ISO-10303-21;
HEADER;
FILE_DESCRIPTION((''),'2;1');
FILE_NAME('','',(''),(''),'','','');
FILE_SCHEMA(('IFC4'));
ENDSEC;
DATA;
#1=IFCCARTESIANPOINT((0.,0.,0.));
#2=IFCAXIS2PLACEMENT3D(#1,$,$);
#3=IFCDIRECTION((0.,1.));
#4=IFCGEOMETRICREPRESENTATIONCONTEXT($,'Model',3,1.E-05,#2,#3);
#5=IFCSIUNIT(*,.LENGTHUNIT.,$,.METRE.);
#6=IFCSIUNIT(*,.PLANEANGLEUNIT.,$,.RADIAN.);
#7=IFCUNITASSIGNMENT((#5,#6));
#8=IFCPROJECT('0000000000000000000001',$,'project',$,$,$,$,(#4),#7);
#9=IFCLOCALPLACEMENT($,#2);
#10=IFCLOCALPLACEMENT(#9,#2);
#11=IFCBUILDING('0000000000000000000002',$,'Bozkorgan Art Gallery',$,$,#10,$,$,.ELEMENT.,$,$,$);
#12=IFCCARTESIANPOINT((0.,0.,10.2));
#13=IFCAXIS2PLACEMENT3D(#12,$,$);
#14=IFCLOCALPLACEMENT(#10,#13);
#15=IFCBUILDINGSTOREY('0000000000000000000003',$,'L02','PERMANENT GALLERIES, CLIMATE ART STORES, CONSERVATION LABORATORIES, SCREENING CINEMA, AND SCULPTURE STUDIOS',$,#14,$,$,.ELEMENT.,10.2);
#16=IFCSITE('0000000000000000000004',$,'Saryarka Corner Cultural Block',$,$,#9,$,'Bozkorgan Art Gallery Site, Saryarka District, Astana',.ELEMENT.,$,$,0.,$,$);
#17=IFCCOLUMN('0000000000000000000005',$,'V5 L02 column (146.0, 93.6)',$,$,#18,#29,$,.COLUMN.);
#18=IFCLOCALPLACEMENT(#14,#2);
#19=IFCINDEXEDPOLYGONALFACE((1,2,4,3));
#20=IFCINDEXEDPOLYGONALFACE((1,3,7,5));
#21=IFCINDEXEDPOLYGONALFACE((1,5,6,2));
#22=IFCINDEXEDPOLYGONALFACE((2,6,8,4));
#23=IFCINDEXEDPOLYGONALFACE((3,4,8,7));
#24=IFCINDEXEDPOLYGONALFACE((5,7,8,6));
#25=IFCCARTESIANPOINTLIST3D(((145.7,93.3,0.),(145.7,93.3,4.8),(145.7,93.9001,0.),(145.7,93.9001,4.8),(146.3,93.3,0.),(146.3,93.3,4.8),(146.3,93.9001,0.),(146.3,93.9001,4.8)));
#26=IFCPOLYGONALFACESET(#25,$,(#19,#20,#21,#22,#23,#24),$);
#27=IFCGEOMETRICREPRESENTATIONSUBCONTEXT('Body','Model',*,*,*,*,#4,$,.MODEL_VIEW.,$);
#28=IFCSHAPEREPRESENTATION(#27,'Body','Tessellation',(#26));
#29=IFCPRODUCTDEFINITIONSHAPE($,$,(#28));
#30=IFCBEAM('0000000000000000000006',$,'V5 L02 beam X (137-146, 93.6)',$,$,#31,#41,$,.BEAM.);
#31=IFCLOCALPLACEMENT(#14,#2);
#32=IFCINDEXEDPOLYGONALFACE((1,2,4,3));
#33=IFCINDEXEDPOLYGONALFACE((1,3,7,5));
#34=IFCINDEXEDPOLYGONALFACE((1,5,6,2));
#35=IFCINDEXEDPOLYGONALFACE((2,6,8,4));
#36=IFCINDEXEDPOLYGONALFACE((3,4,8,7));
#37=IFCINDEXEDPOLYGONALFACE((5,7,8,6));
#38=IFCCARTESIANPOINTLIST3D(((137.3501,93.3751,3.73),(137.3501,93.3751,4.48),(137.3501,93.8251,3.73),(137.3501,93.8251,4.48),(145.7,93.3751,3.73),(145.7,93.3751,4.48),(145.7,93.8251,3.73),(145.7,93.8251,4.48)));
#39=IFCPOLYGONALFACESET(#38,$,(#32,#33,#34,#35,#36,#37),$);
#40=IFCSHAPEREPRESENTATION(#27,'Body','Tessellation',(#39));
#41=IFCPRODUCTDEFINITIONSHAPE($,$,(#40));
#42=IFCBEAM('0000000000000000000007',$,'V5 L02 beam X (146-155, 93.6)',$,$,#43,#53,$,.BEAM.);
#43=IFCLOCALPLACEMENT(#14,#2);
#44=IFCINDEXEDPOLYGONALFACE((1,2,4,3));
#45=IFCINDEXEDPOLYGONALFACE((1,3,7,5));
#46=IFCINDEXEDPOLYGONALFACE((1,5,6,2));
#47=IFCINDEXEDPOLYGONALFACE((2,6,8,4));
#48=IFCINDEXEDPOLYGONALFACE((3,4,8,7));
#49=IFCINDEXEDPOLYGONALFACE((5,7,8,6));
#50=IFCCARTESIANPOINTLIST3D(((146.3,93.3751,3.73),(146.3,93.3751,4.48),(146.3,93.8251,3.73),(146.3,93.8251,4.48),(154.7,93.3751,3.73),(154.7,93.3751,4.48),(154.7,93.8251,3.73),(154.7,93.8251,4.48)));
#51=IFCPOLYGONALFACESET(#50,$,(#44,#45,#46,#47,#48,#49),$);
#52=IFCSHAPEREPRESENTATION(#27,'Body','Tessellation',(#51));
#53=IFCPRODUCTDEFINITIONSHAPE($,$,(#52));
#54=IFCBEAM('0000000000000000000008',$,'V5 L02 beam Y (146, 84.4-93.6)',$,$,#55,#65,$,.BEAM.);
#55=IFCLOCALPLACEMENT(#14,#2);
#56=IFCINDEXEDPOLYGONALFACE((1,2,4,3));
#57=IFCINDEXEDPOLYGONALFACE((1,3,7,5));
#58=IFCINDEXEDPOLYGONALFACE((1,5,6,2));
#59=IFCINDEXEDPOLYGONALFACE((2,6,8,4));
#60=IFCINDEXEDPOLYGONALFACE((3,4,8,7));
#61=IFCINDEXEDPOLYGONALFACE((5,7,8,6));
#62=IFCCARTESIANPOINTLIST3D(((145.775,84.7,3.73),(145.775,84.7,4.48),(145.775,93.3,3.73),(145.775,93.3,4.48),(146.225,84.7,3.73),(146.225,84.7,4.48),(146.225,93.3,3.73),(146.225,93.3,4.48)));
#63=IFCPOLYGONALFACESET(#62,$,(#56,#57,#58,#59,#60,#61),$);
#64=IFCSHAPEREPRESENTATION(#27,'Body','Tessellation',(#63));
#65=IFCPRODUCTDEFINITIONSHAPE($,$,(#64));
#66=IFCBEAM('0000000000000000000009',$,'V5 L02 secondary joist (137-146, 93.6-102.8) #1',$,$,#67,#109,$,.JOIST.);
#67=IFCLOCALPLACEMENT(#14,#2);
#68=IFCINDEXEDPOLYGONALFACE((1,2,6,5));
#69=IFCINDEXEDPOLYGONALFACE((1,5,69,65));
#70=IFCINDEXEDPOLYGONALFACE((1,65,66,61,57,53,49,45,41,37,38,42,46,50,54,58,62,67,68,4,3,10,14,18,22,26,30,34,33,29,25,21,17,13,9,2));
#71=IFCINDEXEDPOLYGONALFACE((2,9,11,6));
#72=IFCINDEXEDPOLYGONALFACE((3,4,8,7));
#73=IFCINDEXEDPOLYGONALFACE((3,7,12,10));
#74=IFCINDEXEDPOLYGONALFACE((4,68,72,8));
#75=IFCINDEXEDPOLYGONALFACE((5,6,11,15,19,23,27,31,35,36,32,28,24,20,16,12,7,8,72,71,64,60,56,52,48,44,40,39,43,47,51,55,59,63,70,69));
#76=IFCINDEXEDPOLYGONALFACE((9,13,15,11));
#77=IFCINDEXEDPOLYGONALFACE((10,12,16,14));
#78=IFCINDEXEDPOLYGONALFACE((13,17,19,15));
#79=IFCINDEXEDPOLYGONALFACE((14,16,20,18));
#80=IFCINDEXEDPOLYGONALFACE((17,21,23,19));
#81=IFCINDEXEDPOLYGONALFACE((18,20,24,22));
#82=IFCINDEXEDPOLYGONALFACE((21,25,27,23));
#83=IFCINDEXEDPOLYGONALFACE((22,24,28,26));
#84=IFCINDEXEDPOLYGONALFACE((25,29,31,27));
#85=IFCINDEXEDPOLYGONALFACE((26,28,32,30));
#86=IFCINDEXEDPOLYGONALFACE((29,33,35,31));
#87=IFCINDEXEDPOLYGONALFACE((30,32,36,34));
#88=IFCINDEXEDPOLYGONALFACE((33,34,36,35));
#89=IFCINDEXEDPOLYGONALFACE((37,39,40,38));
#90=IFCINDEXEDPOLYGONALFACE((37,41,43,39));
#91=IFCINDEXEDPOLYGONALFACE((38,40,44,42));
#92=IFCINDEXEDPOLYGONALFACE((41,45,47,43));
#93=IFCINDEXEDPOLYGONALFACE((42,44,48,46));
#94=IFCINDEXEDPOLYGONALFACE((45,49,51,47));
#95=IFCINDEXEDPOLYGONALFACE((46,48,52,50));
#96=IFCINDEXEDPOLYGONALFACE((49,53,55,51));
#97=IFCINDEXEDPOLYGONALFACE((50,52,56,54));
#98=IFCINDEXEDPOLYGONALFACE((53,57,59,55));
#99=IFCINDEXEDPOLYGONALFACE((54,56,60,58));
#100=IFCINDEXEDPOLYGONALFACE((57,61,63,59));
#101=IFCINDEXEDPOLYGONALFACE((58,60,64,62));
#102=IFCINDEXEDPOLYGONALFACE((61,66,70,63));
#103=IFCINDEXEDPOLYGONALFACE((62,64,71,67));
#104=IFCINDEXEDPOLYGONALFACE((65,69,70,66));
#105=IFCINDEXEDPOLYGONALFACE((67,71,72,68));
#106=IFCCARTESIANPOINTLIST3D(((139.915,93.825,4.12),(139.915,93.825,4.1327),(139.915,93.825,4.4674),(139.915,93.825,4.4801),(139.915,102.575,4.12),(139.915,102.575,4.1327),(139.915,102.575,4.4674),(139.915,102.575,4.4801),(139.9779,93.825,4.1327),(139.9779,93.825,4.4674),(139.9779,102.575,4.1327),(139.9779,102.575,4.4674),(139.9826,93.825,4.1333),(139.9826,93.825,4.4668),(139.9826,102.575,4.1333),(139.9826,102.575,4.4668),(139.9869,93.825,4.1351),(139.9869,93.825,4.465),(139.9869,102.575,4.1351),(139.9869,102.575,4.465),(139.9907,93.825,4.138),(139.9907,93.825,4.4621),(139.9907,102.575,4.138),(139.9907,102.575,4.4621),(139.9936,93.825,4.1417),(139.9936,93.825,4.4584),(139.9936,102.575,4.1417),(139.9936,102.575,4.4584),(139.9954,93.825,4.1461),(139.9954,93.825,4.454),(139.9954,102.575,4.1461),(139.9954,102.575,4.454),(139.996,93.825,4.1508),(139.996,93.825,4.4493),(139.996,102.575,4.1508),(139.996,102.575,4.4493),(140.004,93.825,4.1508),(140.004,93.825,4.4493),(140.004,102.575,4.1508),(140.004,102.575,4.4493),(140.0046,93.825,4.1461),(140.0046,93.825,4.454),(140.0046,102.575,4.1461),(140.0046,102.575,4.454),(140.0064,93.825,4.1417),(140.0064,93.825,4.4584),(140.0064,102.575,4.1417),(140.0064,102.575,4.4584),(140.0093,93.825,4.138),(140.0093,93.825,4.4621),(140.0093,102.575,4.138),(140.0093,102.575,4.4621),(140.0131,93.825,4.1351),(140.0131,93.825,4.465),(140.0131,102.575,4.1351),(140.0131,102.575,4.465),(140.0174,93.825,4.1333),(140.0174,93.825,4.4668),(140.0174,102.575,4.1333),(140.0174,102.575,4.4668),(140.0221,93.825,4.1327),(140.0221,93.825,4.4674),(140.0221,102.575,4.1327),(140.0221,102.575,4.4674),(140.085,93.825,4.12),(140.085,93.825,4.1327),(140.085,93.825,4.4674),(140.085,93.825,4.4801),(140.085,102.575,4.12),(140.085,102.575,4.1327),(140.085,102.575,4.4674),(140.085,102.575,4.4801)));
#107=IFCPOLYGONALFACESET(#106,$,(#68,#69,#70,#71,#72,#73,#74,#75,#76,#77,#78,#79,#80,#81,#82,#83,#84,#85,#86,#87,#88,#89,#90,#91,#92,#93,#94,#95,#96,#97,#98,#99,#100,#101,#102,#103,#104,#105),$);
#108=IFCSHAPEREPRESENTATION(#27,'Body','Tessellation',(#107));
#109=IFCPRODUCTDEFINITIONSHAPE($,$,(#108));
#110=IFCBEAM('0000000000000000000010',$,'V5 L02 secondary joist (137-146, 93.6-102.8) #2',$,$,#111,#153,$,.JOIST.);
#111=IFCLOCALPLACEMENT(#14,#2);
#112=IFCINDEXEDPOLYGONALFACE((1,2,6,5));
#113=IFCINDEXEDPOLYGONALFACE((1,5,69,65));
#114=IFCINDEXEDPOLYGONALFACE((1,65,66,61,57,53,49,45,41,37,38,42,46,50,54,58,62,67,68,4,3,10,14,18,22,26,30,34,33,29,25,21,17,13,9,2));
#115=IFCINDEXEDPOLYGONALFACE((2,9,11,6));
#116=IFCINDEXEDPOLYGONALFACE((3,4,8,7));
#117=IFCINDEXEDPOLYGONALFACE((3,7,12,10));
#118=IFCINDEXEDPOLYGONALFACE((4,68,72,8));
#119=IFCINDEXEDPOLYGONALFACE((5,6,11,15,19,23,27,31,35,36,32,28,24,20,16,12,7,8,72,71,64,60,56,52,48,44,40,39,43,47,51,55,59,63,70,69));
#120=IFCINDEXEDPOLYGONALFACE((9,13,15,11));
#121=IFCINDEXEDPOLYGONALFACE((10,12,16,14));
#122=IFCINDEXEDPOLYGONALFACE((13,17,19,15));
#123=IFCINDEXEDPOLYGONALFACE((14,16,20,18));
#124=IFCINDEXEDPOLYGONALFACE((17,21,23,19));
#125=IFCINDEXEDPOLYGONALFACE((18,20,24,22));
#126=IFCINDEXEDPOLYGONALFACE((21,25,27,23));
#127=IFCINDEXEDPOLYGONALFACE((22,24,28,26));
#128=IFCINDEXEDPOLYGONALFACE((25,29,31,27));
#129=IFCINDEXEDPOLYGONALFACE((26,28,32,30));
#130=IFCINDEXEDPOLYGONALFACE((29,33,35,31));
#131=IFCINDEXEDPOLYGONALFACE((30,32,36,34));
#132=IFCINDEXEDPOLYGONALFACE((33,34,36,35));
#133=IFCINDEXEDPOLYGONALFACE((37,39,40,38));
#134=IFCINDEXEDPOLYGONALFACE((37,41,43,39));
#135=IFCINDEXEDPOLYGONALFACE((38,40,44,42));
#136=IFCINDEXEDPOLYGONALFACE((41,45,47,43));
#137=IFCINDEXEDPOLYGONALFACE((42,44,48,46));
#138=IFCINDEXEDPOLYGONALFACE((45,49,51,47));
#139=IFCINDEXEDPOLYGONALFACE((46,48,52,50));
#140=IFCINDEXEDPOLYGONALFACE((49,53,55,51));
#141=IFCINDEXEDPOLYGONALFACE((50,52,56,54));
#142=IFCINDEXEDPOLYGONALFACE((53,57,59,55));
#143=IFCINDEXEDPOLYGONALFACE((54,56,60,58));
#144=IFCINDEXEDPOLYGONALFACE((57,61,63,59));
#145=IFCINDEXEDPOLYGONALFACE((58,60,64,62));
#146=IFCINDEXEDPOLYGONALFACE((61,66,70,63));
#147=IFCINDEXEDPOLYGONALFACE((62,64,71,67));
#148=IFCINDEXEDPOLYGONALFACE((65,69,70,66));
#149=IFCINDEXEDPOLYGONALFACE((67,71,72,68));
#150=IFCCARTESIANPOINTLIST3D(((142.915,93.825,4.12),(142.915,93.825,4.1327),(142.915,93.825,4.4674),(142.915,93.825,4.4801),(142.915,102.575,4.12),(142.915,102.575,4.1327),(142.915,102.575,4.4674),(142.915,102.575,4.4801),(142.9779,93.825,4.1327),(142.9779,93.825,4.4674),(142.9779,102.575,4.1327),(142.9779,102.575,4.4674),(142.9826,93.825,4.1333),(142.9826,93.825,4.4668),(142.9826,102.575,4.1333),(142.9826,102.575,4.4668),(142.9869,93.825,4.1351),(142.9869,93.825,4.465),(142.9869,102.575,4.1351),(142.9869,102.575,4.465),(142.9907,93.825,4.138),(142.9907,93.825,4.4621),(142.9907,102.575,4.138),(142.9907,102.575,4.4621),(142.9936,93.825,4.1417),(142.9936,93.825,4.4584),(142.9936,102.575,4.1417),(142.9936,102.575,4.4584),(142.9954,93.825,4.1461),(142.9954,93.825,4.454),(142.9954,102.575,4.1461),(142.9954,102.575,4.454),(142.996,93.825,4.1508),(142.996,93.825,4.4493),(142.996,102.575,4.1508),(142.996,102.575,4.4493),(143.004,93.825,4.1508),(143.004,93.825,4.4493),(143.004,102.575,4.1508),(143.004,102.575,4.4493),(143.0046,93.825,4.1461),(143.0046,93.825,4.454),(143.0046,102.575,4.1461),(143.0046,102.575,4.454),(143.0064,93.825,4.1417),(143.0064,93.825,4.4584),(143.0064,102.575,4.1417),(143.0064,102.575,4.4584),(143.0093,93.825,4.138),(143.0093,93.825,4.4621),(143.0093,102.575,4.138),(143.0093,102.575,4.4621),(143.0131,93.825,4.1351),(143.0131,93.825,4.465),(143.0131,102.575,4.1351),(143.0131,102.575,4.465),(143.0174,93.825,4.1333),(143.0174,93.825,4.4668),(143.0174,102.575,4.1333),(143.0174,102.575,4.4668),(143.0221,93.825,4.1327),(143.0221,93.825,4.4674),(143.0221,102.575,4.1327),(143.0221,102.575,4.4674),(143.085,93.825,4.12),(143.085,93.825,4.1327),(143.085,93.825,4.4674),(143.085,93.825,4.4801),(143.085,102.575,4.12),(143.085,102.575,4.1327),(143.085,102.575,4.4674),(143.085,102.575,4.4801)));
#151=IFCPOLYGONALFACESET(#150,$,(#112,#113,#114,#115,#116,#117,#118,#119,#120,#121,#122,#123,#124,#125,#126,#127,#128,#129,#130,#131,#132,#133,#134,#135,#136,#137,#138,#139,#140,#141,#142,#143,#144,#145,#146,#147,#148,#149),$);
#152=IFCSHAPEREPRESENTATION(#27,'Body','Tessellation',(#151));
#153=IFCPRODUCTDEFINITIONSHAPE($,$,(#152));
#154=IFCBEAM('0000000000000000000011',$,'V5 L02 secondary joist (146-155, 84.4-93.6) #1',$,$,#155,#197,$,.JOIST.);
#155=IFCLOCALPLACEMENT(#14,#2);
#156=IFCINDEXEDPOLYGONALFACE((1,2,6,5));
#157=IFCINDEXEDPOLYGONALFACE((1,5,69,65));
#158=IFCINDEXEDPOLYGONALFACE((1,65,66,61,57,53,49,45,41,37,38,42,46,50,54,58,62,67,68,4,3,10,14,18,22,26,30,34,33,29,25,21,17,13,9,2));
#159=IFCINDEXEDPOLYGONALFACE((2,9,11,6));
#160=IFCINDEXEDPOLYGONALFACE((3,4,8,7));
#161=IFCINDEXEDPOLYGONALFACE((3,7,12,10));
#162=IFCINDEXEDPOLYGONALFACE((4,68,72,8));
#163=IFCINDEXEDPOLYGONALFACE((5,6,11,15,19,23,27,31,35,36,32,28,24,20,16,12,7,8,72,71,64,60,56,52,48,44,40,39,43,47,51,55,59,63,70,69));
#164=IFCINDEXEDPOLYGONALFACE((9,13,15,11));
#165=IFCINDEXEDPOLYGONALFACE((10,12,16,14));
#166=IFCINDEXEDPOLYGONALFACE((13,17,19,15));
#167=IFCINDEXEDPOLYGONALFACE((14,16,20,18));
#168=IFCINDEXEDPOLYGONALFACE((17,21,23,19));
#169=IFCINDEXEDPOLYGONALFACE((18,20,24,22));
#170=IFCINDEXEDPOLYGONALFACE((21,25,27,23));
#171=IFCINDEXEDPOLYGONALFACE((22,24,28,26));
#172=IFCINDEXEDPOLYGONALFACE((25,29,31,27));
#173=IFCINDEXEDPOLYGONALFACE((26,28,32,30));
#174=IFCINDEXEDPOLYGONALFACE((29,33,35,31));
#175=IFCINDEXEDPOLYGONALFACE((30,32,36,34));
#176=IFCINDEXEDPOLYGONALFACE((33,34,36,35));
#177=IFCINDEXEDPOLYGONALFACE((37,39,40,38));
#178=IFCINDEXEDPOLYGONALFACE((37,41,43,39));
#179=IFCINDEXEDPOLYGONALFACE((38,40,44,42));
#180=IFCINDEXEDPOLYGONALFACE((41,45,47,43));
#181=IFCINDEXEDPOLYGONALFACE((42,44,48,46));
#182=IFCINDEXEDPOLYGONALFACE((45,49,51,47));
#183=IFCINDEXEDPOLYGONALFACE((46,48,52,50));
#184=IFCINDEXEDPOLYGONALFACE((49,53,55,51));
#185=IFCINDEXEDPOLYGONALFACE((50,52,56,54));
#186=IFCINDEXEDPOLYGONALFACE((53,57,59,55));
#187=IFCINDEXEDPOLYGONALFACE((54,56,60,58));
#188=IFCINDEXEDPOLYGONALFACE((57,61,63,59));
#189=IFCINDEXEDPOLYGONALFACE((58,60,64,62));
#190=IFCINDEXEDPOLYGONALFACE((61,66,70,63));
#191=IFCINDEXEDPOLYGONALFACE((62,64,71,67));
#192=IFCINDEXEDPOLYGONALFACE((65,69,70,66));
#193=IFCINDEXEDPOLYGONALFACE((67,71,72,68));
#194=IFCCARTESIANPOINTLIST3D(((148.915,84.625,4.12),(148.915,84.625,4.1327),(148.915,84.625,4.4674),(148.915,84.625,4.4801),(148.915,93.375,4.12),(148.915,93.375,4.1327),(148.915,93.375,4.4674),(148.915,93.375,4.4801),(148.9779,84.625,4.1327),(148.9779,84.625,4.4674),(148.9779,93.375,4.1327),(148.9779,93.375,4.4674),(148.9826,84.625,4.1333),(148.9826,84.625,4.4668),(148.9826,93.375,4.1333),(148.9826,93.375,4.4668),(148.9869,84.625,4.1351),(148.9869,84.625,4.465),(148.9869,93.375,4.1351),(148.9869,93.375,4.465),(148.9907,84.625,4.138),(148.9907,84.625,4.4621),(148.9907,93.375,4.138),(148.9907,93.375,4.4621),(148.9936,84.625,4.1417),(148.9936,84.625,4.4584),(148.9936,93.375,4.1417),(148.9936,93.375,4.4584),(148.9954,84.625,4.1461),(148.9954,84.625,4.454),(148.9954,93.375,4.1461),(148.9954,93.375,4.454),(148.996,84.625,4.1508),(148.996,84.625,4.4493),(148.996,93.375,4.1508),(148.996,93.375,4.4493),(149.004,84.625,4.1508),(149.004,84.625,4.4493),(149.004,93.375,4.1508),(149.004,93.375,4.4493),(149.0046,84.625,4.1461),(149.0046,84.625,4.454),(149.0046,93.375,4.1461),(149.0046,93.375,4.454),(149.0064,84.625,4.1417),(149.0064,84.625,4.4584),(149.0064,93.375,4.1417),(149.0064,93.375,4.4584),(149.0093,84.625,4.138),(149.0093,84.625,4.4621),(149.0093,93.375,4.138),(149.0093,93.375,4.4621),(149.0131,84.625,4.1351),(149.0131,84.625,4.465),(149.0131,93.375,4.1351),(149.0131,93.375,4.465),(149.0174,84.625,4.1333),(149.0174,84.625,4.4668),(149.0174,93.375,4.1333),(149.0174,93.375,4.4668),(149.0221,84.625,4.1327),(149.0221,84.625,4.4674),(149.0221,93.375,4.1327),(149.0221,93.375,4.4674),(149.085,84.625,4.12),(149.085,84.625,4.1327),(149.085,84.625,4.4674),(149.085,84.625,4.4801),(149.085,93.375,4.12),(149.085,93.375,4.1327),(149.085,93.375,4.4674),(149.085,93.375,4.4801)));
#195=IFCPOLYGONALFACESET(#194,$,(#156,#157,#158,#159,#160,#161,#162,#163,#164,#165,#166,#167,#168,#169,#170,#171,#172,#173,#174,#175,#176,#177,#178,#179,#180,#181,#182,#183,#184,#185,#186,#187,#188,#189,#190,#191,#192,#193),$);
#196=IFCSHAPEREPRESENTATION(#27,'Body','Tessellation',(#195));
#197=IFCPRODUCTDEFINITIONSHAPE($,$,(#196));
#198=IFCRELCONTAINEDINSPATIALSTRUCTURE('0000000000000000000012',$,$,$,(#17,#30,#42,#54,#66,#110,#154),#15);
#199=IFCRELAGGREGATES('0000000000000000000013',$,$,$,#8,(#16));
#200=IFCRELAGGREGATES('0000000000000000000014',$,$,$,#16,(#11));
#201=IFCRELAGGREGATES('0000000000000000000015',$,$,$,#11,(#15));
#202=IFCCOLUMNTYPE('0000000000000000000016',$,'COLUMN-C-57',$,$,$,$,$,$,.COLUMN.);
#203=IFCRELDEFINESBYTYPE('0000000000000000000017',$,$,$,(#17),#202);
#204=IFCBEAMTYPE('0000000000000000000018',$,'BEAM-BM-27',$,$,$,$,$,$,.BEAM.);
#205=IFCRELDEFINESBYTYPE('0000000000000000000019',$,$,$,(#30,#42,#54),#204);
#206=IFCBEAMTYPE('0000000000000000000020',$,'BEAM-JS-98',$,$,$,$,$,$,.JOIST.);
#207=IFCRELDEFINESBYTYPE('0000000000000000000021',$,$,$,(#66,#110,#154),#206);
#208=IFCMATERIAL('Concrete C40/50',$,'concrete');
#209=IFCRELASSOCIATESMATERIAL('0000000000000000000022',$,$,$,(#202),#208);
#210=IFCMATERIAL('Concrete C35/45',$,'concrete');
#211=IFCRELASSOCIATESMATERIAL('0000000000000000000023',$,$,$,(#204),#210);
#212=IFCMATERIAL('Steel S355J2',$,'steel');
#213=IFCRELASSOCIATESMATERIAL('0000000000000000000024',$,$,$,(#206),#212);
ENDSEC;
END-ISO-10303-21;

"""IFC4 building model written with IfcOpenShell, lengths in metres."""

from ifc_helpers import new_model, si_unit, direction, frame, origin, origin_2d, place, context, subcontext, project, spatial, rectangle, i_section, extrude, material, material_profile, profile_set, type_object, element, save


model = new_model("IFC4")

# Units and contexts
model_context = context("Model", 3, precision=1e-05, world=origin(), true_north=direction((0.0, 1.0)))
body_context = subcontext(model_context, "Body", "Model", "MODEL_VIEW")
ifc_project = project(units=[si_unit("LENGTHUNIT", "METRE"), si_unit("PLANEANGLEUNIT", "RADIAN")], contexts=[model_context])

# Site, building, storey
site_placement = place(None, origin())
site = spatial("IfcSite", under=ifc_project, at=site_placement, Name="Saryarka Corner Cultural Block", LongName="Bozkorgan Art Gallery Site, Saryarka District, Astana", CompositionType="ELEMENT", RefElevation=0.0)
building_placement = place(site_placement, origin())
building = spatial("IfcBuilding", under=site, at=building_placement, Name="Bozkorgan Art Gallery", CompositionType="ELEMENT")
storey_placement = place(building_placement, frame((0.0, 0.0, 10.2)))
storey = spatial("IfcBuildingStorey", under=building, at=storey_placement, Name="L02", Description="PERMANENT GALLERIES, CLIMATE ART STORES, CONSERVATION LABORATORIES, SCREENING CINEMA, AND SCULPTURE STUDIOS", CompositionType="ELEMENT", Elevation=10.2)

# Column
ifc_material_1 = material(Name="Concrete C40/50", Category="concrete")
ifc_material_profile_1 = material_profile(ifc_material_1, rectangle(XDim=0.6001, YDim=0.6001, at=origin_2d()), Name="RC 600x600")
ifc_profile_set_1 = profile_set([ifc_material_profile_1], Name="Concrete C40/50")
column_type = type_object("IfcColumnType", Name="COLUMN-C-57", PredefinedType="COLUMN", material=ifc_profile_set_1)
column_placement = place(storey_placement, frame((146.0, 93.6001, 0.0), z_axis=(0.0, 0.0, 1.0), x_axis=(1.0, 0.0, 0.0)))
element("IfcColumn", 1, at=column_placement, inside=storey, type_object=column_type, Name="V5 L02 column (146.0, 93.6)", PredefinedType="COLUMN", context=body_context, shape_type="SweptSolid", body=[
    extrude(rectangle(XDim=0.6001, YDim=0.6001, at=origin_2d()), origin(), (0.0, 0.0, 1.0), 4.8),
])

# Beams
ifc_material_2 = material(Name="Concrete C35/45", Category="concrete")
ifc_material_profile_2 = material_profile(ifc_material_2, rectangle(XDim=0.45, YDim=0.75, at=origin_2d()), Name="RC 450x750")
ifc_profile_set_2 = profile_set([ifc_material_profile_2], Name="Concrete C35/45")
beam_type_1 = type_object("IfcBeamType", Name="BEAM-BM-27", PredefinedType="BEAM", material=ifc_profile_set_2)
beam_1_placement = place(storey_placement, frame((137.3501, 93.6001, 4.105), z_axis=(1.0, 0.0, 0.0), x_axis=(0.0, 1.0, 0.0)))
element("IfcBeam", 2, at=beam_1_placement, inside=storey, type_object=beam_type_1, Name="V5 L02 beam X (137-146, 93.6)", PredefinedType="BEAM", context=body_context, shape_type="SweptSolid", body=[
    extrude(rectangle(XDim=0.45, YDim=0.75, at=origin_2d()), origin(), (0.0, 0.0, 1.0), 8.3499),
])
beam_2_placement = place(storey_placement, frame((146.3, 93.6001, 4.105), z_axis=(1.0, 0.0, 0.0), x_axis=(0.0, 1.0, 0.0)))
element("IfcBeam", 3, at=beam_2_placement, inside=storey, type_object=beam_type_1, Name="V5 L02 beam X (146-155, 93.6)", PredefinedType="BEAM", context=body_context, shape_type="SweptSolid", body=[
    extrude(rectangle(XDim=0.45, YDim=0.75, at=origin_2d()), origin(), (0.0, 0.0, 1.0), 8.3999),
])
beam_3_placement = place(storey_placement, frame((146.0, 84.7, 4.105), z_axis=(0.0, 1.0, 0.0), x_axis=(-1.0, 0.0, 0.0)))
element("IfcBeam", 4, at=beam_3_placement, inside=storey, type_object=beam_type_1, Name="V5 L02 beam Y (146, 84.4-93.6)", PredefinedType="BEAM", context=body_context, shape_type="SweptSolid", body=[
    extrude(rectangle(XDim=0.45, YDim=0.75, at=origin_2d()), origin(), (0.0, 0.0, 1.0), 8.6001),
])
ifc_material_3 = material(Name="Steel S355J2", Category="steel")
ifc_material_profile_3 = material_profile(ifc_material_3, i_section(OverallWidth=0.1699, OverallDepth=0.3601, WebThickness=0.0081, FlangeThickness=0.0127, FilletRadius=0.0181, at=origin_2d()), Name="IPE 360")
ifc_profile_set_3 = profile_set([ifc_material_profile_3], Name="Steel S355J2")
beam_type_2 = type_object("IfcBeamType", Name="BEAM-JS-98", PredefinedType="JOIST", material=ifc_profile_set_3)
for number, where, z_axis, x_axis, name in (
    (5, (140.0, 93.825, 4.3), (0.0, 1.0, 0.0), (-1.0, 0.0, 0.0), "V5 L02 secondary joist (137-146, 93.6-102.8) #1"),
    (6, (143.0, 93.825, 4.3), (0.0, 1.0, 0.0), (-1.0, 0.0, 0.0), "V5 L02 secondary joist (137-146, 93.6-102.8) #2"),
    (7, (149.0, 84.625, 4.3), (0.0, 1.0, 0.0), (-1.0, 0.0, 0.0), "V5 L02 secondary joist (146-155, 84.4-93.6) #1"),
):
    element("IfcBeam", number, at=place(storey_placement, frame(where, z_axis=z_axis, x_axis=x_axis)), inside=storey, type_object=beam_type_2, Name=name, PredefinedType="JOIST", context=body_context, shape_type="SweptSolid", body=[
        extrude(i_section(OverallWidth=0.1699, OverallDepth=0.3601, WebThickness=0.0081, FlangeThickness=0.0127, FilletRadius=0.0181, at=origin_2d()), origin(), (0.0, 0.0, 1.0), 8.75),
    ])

save(model, "model.ifc")
